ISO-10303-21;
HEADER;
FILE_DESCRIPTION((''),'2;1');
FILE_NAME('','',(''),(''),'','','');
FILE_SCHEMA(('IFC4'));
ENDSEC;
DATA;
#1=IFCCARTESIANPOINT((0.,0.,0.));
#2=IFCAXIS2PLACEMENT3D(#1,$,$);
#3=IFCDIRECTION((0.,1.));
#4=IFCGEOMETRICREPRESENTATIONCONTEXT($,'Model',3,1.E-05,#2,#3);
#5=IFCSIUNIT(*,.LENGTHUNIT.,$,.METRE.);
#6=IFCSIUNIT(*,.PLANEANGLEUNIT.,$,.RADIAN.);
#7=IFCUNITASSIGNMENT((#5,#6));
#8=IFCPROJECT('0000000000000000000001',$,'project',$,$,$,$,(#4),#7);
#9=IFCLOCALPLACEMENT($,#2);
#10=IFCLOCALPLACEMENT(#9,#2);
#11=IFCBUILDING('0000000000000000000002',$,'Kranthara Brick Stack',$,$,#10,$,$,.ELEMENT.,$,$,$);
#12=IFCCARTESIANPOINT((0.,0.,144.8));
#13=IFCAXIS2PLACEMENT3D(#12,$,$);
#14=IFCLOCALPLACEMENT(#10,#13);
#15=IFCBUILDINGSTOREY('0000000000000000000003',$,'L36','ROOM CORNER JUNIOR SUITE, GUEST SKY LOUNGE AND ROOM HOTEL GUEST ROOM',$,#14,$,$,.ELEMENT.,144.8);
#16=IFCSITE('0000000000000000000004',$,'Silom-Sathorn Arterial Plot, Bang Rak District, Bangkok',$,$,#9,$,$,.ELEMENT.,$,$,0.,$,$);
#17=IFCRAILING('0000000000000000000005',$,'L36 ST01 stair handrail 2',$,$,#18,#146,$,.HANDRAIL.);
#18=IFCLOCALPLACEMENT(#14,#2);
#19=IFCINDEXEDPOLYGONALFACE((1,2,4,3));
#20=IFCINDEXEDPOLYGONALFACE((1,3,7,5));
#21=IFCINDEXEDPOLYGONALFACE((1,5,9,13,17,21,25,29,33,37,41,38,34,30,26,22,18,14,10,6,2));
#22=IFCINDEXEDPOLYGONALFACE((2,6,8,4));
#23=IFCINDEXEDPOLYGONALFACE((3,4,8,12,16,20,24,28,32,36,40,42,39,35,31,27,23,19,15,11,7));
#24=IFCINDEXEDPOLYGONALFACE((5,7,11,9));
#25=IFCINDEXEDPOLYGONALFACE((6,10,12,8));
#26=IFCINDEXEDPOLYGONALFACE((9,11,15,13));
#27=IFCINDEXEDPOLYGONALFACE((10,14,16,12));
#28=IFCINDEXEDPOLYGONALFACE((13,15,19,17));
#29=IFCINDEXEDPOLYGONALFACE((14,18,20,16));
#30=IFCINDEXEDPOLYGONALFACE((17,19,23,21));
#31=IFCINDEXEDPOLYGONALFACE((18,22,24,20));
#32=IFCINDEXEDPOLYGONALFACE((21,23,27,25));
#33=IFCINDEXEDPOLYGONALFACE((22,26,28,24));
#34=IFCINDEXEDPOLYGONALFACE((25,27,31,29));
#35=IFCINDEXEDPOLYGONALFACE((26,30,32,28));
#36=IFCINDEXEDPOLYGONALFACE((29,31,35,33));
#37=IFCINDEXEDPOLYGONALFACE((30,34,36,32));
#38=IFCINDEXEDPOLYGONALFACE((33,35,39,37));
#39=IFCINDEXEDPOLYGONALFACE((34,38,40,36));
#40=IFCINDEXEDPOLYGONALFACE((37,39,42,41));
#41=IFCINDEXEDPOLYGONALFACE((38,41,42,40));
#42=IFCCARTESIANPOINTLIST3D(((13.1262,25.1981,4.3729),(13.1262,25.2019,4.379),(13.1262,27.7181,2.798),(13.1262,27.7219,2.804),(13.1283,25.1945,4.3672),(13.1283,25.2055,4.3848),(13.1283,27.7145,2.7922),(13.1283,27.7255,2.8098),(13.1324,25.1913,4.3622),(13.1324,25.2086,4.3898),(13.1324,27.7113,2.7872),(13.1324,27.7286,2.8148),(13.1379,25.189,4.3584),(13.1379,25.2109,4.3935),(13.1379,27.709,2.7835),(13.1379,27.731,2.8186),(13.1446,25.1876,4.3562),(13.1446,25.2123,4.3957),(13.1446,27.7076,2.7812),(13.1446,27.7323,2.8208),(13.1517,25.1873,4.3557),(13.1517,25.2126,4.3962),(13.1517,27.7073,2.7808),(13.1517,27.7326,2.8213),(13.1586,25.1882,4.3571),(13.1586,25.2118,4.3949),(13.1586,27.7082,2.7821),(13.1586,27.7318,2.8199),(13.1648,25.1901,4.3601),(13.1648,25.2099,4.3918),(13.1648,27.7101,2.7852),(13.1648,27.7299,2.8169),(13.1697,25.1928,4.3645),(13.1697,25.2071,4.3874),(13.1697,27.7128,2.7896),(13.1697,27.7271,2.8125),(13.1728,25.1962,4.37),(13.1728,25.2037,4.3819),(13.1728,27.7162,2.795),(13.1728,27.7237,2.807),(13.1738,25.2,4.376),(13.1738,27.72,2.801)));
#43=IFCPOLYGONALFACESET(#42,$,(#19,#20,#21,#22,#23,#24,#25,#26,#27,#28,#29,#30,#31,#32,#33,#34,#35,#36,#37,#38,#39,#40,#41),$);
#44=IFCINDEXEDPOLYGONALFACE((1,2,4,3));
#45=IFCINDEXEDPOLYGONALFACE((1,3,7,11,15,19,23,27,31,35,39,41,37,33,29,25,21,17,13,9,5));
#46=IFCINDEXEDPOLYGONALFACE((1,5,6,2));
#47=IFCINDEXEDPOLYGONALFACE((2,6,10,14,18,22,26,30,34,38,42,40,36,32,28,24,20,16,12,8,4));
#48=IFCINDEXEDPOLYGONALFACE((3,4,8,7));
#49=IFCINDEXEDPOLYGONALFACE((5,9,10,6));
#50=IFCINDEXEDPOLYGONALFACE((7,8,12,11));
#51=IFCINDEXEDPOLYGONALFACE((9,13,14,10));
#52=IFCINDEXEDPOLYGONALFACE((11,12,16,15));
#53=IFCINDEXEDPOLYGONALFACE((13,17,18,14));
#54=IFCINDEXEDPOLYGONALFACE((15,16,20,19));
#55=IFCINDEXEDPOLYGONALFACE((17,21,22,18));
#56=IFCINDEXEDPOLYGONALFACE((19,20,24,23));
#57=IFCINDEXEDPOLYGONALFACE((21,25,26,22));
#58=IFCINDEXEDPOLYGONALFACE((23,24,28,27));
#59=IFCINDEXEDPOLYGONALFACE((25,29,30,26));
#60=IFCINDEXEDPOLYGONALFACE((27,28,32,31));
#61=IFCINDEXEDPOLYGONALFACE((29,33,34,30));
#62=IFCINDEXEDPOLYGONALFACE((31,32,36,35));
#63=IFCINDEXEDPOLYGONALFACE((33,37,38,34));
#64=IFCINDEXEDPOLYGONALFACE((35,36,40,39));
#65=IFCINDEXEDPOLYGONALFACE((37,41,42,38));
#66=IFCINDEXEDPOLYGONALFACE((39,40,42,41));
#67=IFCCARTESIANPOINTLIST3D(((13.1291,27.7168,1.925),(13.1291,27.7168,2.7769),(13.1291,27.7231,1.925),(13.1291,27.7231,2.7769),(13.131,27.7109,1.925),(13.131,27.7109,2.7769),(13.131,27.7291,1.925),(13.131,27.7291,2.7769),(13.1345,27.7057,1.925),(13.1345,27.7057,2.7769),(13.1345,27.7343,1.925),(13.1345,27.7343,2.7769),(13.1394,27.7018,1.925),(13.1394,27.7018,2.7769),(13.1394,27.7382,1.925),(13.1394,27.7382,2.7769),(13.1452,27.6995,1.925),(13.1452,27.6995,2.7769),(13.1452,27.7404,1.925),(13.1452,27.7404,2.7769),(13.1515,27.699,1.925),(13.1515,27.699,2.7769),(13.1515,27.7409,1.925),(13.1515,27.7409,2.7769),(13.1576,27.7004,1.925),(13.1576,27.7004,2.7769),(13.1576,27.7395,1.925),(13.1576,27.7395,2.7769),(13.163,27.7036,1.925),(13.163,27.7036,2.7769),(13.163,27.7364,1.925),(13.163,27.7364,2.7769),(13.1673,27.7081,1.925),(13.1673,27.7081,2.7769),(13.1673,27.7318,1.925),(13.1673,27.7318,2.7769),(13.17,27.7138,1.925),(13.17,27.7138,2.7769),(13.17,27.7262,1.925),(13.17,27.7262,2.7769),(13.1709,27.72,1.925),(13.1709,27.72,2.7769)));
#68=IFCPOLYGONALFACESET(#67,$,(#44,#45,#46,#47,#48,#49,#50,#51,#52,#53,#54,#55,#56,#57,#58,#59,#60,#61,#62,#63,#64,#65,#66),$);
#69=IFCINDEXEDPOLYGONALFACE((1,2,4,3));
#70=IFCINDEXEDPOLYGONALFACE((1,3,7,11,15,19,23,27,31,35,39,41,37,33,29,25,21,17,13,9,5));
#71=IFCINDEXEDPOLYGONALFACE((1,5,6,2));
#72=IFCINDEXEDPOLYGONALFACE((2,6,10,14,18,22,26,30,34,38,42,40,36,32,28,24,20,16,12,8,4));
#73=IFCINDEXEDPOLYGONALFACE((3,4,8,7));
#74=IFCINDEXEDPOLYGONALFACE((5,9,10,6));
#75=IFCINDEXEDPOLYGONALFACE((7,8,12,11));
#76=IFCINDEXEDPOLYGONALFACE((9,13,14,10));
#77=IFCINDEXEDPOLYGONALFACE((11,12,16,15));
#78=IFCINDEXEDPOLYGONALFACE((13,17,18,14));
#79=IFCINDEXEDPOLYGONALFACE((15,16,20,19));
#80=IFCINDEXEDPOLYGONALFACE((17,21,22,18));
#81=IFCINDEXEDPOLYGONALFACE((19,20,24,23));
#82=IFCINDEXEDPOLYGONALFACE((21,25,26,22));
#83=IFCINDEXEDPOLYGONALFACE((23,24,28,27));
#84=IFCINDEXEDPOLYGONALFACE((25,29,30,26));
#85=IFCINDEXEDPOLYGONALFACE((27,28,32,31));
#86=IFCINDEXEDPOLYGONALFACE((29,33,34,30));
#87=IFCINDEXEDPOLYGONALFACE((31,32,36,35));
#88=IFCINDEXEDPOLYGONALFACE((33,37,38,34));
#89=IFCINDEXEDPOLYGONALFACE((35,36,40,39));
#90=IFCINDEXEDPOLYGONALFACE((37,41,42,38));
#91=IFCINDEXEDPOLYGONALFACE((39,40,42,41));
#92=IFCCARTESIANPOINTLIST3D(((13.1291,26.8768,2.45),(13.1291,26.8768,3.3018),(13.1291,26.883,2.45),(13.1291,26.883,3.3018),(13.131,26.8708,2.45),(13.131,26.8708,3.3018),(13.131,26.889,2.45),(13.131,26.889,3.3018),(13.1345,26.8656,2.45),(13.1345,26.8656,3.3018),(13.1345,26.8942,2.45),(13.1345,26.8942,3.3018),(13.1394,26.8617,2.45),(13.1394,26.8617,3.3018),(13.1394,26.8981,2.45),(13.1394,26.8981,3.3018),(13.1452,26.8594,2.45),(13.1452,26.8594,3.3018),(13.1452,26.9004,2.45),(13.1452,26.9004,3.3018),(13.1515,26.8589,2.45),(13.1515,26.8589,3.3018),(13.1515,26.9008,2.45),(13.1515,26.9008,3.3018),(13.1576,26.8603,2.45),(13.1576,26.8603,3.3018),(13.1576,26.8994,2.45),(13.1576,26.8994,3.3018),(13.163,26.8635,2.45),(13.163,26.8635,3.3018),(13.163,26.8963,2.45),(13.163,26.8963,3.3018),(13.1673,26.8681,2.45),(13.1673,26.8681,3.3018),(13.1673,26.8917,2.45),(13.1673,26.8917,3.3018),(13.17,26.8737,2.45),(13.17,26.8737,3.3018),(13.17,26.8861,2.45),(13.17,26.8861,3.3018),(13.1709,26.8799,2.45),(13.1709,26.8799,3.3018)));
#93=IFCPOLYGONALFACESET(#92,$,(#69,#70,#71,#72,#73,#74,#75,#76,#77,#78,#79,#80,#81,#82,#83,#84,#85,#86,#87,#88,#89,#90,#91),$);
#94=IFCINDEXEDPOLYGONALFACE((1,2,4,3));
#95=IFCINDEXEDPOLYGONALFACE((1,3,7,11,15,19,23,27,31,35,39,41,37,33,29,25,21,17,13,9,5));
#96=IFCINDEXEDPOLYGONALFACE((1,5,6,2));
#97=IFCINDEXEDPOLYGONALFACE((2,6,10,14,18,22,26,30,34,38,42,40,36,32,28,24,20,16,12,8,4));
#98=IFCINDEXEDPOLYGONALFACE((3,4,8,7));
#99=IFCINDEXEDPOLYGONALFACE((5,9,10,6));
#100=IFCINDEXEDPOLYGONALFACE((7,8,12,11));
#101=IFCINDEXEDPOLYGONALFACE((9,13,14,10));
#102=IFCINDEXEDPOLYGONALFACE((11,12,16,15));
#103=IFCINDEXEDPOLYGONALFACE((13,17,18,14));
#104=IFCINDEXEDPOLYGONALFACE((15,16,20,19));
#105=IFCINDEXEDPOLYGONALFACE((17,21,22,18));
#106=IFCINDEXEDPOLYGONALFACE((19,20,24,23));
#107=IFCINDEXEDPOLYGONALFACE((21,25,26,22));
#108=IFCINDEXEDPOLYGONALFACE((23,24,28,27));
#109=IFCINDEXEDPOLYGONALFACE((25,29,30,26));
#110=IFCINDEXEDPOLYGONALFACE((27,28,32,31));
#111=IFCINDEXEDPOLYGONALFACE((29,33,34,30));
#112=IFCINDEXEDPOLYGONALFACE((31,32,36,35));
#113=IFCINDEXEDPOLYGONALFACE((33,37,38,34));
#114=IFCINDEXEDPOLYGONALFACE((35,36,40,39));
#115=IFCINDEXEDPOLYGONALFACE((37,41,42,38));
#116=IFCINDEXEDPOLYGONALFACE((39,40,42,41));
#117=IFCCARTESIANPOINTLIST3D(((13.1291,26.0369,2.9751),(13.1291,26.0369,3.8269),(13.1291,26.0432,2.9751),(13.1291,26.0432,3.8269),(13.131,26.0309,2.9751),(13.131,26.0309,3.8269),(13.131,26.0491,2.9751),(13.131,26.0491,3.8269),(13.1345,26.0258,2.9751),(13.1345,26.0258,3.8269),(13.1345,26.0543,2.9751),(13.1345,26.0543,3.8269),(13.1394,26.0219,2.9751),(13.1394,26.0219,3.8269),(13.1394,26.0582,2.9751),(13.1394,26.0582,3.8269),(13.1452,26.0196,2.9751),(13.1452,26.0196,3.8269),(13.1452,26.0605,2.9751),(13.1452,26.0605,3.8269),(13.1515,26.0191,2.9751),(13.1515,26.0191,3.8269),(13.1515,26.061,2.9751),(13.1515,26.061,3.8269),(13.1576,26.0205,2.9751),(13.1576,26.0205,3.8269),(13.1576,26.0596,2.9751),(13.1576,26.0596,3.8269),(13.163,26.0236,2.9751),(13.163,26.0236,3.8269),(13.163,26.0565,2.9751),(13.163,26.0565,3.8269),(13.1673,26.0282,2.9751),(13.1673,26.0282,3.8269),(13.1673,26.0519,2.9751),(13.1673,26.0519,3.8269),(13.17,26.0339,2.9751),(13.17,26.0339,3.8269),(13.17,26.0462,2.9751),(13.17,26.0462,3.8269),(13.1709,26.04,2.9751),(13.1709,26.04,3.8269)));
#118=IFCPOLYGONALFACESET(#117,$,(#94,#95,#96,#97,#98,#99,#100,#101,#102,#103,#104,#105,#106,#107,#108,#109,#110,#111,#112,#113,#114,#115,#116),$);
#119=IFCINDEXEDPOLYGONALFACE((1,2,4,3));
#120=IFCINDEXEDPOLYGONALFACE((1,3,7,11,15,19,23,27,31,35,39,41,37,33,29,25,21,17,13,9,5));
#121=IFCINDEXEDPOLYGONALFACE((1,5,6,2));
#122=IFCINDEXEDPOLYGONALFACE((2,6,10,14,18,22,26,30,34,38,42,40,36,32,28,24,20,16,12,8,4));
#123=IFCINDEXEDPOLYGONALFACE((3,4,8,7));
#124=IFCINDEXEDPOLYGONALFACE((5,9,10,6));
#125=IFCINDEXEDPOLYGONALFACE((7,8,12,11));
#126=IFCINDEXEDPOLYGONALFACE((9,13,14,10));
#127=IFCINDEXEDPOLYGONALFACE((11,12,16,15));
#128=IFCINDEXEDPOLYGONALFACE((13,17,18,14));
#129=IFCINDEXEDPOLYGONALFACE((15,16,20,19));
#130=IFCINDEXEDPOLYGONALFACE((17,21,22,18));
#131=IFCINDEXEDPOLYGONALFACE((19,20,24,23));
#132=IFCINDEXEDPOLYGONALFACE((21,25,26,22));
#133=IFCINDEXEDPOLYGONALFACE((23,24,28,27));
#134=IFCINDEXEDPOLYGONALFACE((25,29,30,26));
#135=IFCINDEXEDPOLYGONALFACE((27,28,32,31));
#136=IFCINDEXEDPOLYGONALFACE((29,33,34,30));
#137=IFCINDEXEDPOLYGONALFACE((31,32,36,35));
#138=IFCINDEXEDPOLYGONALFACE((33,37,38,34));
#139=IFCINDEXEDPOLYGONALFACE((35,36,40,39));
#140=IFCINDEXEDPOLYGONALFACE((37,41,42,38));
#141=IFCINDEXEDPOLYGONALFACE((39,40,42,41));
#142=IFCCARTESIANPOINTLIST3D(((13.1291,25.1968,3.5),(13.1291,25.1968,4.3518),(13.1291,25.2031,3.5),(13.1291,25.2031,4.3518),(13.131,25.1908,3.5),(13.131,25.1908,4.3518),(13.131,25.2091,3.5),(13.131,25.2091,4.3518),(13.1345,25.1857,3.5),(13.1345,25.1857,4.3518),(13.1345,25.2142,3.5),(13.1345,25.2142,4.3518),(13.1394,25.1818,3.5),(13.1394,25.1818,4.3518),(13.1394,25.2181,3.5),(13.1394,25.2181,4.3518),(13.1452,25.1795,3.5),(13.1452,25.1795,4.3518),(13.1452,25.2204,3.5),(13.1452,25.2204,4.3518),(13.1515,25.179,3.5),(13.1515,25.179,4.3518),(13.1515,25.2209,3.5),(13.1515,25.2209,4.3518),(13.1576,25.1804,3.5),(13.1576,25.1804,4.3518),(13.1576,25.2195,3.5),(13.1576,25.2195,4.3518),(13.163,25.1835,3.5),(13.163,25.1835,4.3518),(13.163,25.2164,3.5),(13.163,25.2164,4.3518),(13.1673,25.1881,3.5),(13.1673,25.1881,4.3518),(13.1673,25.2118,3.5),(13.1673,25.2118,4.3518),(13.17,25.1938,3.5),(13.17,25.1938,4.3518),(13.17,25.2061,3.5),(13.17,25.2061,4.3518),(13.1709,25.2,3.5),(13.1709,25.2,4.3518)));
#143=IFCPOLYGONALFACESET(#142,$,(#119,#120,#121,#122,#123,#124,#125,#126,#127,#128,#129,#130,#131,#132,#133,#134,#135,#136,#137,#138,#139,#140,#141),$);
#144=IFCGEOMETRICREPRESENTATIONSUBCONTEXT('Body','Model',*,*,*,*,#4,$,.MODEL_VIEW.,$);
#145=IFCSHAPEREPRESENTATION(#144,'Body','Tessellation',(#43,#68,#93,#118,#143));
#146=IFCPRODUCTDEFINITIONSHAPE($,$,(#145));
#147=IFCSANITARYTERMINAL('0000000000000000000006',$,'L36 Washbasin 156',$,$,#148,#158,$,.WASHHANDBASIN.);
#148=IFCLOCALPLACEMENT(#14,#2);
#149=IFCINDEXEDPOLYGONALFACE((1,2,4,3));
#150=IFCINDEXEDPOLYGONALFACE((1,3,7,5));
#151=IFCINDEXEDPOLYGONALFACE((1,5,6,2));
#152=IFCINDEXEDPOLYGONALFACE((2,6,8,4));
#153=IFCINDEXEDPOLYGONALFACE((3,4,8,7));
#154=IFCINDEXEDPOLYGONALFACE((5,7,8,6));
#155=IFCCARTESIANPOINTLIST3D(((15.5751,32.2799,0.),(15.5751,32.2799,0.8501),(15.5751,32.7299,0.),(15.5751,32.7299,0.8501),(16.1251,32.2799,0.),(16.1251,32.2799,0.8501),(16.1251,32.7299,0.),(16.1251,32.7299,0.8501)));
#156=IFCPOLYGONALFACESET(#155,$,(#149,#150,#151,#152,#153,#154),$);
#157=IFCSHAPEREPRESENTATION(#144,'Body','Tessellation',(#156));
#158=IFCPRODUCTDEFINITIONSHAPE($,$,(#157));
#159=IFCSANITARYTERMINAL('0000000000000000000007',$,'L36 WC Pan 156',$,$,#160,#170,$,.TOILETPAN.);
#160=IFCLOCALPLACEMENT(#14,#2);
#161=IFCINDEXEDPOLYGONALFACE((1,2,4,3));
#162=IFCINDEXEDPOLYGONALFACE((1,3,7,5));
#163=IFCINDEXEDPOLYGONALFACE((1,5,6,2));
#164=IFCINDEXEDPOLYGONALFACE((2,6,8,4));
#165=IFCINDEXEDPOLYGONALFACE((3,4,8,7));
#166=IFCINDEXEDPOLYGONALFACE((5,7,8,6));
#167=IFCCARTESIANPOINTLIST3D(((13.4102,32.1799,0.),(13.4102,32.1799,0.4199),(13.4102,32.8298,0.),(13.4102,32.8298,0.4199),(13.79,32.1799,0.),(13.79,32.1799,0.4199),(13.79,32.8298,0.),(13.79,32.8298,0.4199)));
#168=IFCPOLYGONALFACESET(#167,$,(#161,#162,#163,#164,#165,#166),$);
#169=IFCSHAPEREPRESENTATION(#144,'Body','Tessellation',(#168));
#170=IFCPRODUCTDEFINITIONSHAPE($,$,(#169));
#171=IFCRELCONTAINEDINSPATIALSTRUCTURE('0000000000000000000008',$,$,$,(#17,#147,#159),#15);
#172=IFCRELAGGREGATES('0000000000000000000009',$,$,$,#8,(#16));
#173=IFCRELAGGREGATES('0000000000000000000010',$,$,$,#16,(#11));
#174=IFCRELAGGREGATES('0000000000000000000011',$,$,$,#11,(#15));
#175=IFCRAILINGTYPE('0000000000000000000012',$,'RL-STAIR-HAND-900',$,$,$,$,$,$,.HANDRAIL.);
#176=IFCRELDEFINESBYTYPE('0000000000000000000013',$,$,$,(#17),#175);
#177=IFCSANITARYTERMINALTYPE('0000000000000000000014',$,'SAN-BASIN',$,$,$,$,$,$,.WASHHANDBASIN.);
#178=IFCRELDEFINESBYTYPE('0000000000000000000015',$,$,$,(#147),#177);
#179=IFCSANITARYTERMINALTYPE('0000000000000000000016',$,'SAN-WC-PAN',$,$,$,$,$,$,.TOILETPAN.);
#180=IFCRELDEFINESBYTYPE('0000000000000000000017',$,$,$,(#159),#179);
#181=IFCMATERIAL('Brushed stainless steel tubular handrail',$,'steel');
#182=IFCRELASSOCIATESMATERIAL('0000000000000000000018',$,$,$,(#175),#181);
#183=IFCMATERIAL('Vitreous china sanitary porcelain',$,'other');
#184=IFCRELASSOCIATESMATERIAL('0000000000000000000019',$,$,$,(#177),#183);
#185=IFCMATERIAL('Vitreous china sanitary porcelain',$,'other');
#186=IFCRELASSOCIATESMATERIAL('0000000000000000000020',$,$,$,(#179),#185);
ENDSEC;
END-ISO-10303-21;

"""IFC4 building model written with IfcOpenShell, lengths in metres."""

from ifc_helpers import new_model, si_unit, direction, frame, origin, origin_2d, place, context, subcontext, project, spatial, rectangle, circle, extrude, material, type_object, element, save


model = new_model("IFC4")

# Units and contexts
model_context = context("Model", 3, precision=1e-05, world=origin(), true_north=direction((0.0, 1.0)))
body_context = subcontext(model_context, "Body", "Model", "MODEL_VIEW")
ifc_project = project(units=[si_unit("LENGTHUNIT", "METRE"), si_unit("PLANEANGLEUNIT", "RADIAN")], contexts=[model_context])

# Site, building, storey
site_placement = place(None, origin())
site = spatial("IfcSite", under=ifc_project, at=site_placement, Name="Silom-Sathorn Arterial Plot, Bang Rak District, Bangkok", CompositionType="ELEMENT", RefElevation=0.0)
building_placement = place(site_placement, origin())
building = spatial("IfcBuilding", under=site, at=building_placement, Name="Kranthara Brick Stack", CompositionType="ELEMENT")
storey_placement = place(building_placement, frame((0.0, 0.0, 144.8)))
storey = spatial("IfcBuildingStorey", under=building, at=storey_placement, Name="L36", Description="ROOM CORNER JUNIOR SUITE, GUEST SKY LOUNGE AND ROOM HOTEL GUEST ROOM", CompositionType="ELEMENT", Elevation=144.8)

# Railing
ifc_material_1 = material(Name="Brushed stainless steel tubular handrail", Category="steel")
railing_type_1 = type_object("IfcRailingType", Name="RL-STAIR-HAND-900", PredefinedType="HANDRAIL", material=ifc_material_1)
railing_1_placement = place(storey_placement, frame((13.1499, 27.72, 1.925)))
element("IfcRailing", 1, at=railing_1_placement, inside=storey, type_object=railing_type_1, Name="L36 ST01 stair handrail 2", PredefinedType="HANDRAIL", context=body_context, shape_type="SweptSolid", body=[
    extrude(circle(Radius=0.0239, at=origin_2d()), frame((0.0, 0.0, 0.876), z_axis=(0.0, -0.848008, 0.529984), x_axis=(1.0, 0.0, 0.0)), (0.0, 0.0, 1.0), 2.9717),
    extrude(circle(Radius=0.021, at=origin_2d()), origin(), (0.0, 0.0, 1.0), 0.8518),
    extrude(circle(Radius=0.021, at=origin_2d()), frame((0.0, -0.8401, 0.5249)), (0.0, 0.0, 1.0), 0.8518),
    extrude(circle(Radius=0.021, at=origin_2d()), frame((0.0, -1.6799, 1.05)), (0.0, 0.0, 1.0), 0.8518),
    extrude(circle(Radius=0.021, at=origin_2d()), frame((0.0, -2.52, 1.575)), (0.0, 0.0, 1.0), 0.8518),
])

# Sanitary terminals
ifc_material_2 = material(Name="Vitreous china sanitary porcelain", Category="other")
sanitary_terminal_type_1 = type_object("IfcSanitaryTerminalType", Name="SAN-BASIN", PredefinedType="WASHHANDBASIN", material=ifc_material_2)
sanitary_terminal_1_placement = place(storey_placement, frame((15.8501, 32.5049, 0.0), z_axis=(0.0, 0.0, 1.0), x_axis=(1.0, 0.0, 0.0)))
element("IfcSanitaryTerminal", 2, at=sanitary_terminal_1_placement, inside=storey, type_object=sanitary_terminal_type_1, Name="L36 Washbasin 156", PredefinedType="WASHHANDBASIN", context=body_context, shape_type="SweptSolid", body=[
    extrude(rectangle(XDim=0.55, YDim=0.45, at=origin_2d()), origin(), (0.0, 0.0, 1.0), 0.8501),
])
ifc_material_3 = material(Name="Vitreous china sanitary porcelain", Category="other")
sanitary_terminal_type_2 = type_object("IfcSanitaryTerminalType", Name="SAN-WC-PAN", PredefinedType="TOILETPAN", material=ifc_material_3)
sanitary_terminal_2_placement = place(storey_placement, frame((13.6001, 32.5049, 0.0), z_axis=(0.0, 0.0, 1.0), x_axis=(1.0, 0.0, 0.0)))
element("IfcSanitaryTerminal", 3, at=sanitary_terminal_2_placement, inside=storey, type_object=sanitary_terminal_type_2, Name="L36 WC Pan 156", PredefinedType="TOILETPAN", context=body_context, shape_type="SweptSolid", body=[
    extrude(rectangle(XDim=0.3799, YDim=0.6499, at=origin_2d()), origin(), (0.0, 0.0, 1.0), 0.4199),
])

save(model, "model.ifc")
